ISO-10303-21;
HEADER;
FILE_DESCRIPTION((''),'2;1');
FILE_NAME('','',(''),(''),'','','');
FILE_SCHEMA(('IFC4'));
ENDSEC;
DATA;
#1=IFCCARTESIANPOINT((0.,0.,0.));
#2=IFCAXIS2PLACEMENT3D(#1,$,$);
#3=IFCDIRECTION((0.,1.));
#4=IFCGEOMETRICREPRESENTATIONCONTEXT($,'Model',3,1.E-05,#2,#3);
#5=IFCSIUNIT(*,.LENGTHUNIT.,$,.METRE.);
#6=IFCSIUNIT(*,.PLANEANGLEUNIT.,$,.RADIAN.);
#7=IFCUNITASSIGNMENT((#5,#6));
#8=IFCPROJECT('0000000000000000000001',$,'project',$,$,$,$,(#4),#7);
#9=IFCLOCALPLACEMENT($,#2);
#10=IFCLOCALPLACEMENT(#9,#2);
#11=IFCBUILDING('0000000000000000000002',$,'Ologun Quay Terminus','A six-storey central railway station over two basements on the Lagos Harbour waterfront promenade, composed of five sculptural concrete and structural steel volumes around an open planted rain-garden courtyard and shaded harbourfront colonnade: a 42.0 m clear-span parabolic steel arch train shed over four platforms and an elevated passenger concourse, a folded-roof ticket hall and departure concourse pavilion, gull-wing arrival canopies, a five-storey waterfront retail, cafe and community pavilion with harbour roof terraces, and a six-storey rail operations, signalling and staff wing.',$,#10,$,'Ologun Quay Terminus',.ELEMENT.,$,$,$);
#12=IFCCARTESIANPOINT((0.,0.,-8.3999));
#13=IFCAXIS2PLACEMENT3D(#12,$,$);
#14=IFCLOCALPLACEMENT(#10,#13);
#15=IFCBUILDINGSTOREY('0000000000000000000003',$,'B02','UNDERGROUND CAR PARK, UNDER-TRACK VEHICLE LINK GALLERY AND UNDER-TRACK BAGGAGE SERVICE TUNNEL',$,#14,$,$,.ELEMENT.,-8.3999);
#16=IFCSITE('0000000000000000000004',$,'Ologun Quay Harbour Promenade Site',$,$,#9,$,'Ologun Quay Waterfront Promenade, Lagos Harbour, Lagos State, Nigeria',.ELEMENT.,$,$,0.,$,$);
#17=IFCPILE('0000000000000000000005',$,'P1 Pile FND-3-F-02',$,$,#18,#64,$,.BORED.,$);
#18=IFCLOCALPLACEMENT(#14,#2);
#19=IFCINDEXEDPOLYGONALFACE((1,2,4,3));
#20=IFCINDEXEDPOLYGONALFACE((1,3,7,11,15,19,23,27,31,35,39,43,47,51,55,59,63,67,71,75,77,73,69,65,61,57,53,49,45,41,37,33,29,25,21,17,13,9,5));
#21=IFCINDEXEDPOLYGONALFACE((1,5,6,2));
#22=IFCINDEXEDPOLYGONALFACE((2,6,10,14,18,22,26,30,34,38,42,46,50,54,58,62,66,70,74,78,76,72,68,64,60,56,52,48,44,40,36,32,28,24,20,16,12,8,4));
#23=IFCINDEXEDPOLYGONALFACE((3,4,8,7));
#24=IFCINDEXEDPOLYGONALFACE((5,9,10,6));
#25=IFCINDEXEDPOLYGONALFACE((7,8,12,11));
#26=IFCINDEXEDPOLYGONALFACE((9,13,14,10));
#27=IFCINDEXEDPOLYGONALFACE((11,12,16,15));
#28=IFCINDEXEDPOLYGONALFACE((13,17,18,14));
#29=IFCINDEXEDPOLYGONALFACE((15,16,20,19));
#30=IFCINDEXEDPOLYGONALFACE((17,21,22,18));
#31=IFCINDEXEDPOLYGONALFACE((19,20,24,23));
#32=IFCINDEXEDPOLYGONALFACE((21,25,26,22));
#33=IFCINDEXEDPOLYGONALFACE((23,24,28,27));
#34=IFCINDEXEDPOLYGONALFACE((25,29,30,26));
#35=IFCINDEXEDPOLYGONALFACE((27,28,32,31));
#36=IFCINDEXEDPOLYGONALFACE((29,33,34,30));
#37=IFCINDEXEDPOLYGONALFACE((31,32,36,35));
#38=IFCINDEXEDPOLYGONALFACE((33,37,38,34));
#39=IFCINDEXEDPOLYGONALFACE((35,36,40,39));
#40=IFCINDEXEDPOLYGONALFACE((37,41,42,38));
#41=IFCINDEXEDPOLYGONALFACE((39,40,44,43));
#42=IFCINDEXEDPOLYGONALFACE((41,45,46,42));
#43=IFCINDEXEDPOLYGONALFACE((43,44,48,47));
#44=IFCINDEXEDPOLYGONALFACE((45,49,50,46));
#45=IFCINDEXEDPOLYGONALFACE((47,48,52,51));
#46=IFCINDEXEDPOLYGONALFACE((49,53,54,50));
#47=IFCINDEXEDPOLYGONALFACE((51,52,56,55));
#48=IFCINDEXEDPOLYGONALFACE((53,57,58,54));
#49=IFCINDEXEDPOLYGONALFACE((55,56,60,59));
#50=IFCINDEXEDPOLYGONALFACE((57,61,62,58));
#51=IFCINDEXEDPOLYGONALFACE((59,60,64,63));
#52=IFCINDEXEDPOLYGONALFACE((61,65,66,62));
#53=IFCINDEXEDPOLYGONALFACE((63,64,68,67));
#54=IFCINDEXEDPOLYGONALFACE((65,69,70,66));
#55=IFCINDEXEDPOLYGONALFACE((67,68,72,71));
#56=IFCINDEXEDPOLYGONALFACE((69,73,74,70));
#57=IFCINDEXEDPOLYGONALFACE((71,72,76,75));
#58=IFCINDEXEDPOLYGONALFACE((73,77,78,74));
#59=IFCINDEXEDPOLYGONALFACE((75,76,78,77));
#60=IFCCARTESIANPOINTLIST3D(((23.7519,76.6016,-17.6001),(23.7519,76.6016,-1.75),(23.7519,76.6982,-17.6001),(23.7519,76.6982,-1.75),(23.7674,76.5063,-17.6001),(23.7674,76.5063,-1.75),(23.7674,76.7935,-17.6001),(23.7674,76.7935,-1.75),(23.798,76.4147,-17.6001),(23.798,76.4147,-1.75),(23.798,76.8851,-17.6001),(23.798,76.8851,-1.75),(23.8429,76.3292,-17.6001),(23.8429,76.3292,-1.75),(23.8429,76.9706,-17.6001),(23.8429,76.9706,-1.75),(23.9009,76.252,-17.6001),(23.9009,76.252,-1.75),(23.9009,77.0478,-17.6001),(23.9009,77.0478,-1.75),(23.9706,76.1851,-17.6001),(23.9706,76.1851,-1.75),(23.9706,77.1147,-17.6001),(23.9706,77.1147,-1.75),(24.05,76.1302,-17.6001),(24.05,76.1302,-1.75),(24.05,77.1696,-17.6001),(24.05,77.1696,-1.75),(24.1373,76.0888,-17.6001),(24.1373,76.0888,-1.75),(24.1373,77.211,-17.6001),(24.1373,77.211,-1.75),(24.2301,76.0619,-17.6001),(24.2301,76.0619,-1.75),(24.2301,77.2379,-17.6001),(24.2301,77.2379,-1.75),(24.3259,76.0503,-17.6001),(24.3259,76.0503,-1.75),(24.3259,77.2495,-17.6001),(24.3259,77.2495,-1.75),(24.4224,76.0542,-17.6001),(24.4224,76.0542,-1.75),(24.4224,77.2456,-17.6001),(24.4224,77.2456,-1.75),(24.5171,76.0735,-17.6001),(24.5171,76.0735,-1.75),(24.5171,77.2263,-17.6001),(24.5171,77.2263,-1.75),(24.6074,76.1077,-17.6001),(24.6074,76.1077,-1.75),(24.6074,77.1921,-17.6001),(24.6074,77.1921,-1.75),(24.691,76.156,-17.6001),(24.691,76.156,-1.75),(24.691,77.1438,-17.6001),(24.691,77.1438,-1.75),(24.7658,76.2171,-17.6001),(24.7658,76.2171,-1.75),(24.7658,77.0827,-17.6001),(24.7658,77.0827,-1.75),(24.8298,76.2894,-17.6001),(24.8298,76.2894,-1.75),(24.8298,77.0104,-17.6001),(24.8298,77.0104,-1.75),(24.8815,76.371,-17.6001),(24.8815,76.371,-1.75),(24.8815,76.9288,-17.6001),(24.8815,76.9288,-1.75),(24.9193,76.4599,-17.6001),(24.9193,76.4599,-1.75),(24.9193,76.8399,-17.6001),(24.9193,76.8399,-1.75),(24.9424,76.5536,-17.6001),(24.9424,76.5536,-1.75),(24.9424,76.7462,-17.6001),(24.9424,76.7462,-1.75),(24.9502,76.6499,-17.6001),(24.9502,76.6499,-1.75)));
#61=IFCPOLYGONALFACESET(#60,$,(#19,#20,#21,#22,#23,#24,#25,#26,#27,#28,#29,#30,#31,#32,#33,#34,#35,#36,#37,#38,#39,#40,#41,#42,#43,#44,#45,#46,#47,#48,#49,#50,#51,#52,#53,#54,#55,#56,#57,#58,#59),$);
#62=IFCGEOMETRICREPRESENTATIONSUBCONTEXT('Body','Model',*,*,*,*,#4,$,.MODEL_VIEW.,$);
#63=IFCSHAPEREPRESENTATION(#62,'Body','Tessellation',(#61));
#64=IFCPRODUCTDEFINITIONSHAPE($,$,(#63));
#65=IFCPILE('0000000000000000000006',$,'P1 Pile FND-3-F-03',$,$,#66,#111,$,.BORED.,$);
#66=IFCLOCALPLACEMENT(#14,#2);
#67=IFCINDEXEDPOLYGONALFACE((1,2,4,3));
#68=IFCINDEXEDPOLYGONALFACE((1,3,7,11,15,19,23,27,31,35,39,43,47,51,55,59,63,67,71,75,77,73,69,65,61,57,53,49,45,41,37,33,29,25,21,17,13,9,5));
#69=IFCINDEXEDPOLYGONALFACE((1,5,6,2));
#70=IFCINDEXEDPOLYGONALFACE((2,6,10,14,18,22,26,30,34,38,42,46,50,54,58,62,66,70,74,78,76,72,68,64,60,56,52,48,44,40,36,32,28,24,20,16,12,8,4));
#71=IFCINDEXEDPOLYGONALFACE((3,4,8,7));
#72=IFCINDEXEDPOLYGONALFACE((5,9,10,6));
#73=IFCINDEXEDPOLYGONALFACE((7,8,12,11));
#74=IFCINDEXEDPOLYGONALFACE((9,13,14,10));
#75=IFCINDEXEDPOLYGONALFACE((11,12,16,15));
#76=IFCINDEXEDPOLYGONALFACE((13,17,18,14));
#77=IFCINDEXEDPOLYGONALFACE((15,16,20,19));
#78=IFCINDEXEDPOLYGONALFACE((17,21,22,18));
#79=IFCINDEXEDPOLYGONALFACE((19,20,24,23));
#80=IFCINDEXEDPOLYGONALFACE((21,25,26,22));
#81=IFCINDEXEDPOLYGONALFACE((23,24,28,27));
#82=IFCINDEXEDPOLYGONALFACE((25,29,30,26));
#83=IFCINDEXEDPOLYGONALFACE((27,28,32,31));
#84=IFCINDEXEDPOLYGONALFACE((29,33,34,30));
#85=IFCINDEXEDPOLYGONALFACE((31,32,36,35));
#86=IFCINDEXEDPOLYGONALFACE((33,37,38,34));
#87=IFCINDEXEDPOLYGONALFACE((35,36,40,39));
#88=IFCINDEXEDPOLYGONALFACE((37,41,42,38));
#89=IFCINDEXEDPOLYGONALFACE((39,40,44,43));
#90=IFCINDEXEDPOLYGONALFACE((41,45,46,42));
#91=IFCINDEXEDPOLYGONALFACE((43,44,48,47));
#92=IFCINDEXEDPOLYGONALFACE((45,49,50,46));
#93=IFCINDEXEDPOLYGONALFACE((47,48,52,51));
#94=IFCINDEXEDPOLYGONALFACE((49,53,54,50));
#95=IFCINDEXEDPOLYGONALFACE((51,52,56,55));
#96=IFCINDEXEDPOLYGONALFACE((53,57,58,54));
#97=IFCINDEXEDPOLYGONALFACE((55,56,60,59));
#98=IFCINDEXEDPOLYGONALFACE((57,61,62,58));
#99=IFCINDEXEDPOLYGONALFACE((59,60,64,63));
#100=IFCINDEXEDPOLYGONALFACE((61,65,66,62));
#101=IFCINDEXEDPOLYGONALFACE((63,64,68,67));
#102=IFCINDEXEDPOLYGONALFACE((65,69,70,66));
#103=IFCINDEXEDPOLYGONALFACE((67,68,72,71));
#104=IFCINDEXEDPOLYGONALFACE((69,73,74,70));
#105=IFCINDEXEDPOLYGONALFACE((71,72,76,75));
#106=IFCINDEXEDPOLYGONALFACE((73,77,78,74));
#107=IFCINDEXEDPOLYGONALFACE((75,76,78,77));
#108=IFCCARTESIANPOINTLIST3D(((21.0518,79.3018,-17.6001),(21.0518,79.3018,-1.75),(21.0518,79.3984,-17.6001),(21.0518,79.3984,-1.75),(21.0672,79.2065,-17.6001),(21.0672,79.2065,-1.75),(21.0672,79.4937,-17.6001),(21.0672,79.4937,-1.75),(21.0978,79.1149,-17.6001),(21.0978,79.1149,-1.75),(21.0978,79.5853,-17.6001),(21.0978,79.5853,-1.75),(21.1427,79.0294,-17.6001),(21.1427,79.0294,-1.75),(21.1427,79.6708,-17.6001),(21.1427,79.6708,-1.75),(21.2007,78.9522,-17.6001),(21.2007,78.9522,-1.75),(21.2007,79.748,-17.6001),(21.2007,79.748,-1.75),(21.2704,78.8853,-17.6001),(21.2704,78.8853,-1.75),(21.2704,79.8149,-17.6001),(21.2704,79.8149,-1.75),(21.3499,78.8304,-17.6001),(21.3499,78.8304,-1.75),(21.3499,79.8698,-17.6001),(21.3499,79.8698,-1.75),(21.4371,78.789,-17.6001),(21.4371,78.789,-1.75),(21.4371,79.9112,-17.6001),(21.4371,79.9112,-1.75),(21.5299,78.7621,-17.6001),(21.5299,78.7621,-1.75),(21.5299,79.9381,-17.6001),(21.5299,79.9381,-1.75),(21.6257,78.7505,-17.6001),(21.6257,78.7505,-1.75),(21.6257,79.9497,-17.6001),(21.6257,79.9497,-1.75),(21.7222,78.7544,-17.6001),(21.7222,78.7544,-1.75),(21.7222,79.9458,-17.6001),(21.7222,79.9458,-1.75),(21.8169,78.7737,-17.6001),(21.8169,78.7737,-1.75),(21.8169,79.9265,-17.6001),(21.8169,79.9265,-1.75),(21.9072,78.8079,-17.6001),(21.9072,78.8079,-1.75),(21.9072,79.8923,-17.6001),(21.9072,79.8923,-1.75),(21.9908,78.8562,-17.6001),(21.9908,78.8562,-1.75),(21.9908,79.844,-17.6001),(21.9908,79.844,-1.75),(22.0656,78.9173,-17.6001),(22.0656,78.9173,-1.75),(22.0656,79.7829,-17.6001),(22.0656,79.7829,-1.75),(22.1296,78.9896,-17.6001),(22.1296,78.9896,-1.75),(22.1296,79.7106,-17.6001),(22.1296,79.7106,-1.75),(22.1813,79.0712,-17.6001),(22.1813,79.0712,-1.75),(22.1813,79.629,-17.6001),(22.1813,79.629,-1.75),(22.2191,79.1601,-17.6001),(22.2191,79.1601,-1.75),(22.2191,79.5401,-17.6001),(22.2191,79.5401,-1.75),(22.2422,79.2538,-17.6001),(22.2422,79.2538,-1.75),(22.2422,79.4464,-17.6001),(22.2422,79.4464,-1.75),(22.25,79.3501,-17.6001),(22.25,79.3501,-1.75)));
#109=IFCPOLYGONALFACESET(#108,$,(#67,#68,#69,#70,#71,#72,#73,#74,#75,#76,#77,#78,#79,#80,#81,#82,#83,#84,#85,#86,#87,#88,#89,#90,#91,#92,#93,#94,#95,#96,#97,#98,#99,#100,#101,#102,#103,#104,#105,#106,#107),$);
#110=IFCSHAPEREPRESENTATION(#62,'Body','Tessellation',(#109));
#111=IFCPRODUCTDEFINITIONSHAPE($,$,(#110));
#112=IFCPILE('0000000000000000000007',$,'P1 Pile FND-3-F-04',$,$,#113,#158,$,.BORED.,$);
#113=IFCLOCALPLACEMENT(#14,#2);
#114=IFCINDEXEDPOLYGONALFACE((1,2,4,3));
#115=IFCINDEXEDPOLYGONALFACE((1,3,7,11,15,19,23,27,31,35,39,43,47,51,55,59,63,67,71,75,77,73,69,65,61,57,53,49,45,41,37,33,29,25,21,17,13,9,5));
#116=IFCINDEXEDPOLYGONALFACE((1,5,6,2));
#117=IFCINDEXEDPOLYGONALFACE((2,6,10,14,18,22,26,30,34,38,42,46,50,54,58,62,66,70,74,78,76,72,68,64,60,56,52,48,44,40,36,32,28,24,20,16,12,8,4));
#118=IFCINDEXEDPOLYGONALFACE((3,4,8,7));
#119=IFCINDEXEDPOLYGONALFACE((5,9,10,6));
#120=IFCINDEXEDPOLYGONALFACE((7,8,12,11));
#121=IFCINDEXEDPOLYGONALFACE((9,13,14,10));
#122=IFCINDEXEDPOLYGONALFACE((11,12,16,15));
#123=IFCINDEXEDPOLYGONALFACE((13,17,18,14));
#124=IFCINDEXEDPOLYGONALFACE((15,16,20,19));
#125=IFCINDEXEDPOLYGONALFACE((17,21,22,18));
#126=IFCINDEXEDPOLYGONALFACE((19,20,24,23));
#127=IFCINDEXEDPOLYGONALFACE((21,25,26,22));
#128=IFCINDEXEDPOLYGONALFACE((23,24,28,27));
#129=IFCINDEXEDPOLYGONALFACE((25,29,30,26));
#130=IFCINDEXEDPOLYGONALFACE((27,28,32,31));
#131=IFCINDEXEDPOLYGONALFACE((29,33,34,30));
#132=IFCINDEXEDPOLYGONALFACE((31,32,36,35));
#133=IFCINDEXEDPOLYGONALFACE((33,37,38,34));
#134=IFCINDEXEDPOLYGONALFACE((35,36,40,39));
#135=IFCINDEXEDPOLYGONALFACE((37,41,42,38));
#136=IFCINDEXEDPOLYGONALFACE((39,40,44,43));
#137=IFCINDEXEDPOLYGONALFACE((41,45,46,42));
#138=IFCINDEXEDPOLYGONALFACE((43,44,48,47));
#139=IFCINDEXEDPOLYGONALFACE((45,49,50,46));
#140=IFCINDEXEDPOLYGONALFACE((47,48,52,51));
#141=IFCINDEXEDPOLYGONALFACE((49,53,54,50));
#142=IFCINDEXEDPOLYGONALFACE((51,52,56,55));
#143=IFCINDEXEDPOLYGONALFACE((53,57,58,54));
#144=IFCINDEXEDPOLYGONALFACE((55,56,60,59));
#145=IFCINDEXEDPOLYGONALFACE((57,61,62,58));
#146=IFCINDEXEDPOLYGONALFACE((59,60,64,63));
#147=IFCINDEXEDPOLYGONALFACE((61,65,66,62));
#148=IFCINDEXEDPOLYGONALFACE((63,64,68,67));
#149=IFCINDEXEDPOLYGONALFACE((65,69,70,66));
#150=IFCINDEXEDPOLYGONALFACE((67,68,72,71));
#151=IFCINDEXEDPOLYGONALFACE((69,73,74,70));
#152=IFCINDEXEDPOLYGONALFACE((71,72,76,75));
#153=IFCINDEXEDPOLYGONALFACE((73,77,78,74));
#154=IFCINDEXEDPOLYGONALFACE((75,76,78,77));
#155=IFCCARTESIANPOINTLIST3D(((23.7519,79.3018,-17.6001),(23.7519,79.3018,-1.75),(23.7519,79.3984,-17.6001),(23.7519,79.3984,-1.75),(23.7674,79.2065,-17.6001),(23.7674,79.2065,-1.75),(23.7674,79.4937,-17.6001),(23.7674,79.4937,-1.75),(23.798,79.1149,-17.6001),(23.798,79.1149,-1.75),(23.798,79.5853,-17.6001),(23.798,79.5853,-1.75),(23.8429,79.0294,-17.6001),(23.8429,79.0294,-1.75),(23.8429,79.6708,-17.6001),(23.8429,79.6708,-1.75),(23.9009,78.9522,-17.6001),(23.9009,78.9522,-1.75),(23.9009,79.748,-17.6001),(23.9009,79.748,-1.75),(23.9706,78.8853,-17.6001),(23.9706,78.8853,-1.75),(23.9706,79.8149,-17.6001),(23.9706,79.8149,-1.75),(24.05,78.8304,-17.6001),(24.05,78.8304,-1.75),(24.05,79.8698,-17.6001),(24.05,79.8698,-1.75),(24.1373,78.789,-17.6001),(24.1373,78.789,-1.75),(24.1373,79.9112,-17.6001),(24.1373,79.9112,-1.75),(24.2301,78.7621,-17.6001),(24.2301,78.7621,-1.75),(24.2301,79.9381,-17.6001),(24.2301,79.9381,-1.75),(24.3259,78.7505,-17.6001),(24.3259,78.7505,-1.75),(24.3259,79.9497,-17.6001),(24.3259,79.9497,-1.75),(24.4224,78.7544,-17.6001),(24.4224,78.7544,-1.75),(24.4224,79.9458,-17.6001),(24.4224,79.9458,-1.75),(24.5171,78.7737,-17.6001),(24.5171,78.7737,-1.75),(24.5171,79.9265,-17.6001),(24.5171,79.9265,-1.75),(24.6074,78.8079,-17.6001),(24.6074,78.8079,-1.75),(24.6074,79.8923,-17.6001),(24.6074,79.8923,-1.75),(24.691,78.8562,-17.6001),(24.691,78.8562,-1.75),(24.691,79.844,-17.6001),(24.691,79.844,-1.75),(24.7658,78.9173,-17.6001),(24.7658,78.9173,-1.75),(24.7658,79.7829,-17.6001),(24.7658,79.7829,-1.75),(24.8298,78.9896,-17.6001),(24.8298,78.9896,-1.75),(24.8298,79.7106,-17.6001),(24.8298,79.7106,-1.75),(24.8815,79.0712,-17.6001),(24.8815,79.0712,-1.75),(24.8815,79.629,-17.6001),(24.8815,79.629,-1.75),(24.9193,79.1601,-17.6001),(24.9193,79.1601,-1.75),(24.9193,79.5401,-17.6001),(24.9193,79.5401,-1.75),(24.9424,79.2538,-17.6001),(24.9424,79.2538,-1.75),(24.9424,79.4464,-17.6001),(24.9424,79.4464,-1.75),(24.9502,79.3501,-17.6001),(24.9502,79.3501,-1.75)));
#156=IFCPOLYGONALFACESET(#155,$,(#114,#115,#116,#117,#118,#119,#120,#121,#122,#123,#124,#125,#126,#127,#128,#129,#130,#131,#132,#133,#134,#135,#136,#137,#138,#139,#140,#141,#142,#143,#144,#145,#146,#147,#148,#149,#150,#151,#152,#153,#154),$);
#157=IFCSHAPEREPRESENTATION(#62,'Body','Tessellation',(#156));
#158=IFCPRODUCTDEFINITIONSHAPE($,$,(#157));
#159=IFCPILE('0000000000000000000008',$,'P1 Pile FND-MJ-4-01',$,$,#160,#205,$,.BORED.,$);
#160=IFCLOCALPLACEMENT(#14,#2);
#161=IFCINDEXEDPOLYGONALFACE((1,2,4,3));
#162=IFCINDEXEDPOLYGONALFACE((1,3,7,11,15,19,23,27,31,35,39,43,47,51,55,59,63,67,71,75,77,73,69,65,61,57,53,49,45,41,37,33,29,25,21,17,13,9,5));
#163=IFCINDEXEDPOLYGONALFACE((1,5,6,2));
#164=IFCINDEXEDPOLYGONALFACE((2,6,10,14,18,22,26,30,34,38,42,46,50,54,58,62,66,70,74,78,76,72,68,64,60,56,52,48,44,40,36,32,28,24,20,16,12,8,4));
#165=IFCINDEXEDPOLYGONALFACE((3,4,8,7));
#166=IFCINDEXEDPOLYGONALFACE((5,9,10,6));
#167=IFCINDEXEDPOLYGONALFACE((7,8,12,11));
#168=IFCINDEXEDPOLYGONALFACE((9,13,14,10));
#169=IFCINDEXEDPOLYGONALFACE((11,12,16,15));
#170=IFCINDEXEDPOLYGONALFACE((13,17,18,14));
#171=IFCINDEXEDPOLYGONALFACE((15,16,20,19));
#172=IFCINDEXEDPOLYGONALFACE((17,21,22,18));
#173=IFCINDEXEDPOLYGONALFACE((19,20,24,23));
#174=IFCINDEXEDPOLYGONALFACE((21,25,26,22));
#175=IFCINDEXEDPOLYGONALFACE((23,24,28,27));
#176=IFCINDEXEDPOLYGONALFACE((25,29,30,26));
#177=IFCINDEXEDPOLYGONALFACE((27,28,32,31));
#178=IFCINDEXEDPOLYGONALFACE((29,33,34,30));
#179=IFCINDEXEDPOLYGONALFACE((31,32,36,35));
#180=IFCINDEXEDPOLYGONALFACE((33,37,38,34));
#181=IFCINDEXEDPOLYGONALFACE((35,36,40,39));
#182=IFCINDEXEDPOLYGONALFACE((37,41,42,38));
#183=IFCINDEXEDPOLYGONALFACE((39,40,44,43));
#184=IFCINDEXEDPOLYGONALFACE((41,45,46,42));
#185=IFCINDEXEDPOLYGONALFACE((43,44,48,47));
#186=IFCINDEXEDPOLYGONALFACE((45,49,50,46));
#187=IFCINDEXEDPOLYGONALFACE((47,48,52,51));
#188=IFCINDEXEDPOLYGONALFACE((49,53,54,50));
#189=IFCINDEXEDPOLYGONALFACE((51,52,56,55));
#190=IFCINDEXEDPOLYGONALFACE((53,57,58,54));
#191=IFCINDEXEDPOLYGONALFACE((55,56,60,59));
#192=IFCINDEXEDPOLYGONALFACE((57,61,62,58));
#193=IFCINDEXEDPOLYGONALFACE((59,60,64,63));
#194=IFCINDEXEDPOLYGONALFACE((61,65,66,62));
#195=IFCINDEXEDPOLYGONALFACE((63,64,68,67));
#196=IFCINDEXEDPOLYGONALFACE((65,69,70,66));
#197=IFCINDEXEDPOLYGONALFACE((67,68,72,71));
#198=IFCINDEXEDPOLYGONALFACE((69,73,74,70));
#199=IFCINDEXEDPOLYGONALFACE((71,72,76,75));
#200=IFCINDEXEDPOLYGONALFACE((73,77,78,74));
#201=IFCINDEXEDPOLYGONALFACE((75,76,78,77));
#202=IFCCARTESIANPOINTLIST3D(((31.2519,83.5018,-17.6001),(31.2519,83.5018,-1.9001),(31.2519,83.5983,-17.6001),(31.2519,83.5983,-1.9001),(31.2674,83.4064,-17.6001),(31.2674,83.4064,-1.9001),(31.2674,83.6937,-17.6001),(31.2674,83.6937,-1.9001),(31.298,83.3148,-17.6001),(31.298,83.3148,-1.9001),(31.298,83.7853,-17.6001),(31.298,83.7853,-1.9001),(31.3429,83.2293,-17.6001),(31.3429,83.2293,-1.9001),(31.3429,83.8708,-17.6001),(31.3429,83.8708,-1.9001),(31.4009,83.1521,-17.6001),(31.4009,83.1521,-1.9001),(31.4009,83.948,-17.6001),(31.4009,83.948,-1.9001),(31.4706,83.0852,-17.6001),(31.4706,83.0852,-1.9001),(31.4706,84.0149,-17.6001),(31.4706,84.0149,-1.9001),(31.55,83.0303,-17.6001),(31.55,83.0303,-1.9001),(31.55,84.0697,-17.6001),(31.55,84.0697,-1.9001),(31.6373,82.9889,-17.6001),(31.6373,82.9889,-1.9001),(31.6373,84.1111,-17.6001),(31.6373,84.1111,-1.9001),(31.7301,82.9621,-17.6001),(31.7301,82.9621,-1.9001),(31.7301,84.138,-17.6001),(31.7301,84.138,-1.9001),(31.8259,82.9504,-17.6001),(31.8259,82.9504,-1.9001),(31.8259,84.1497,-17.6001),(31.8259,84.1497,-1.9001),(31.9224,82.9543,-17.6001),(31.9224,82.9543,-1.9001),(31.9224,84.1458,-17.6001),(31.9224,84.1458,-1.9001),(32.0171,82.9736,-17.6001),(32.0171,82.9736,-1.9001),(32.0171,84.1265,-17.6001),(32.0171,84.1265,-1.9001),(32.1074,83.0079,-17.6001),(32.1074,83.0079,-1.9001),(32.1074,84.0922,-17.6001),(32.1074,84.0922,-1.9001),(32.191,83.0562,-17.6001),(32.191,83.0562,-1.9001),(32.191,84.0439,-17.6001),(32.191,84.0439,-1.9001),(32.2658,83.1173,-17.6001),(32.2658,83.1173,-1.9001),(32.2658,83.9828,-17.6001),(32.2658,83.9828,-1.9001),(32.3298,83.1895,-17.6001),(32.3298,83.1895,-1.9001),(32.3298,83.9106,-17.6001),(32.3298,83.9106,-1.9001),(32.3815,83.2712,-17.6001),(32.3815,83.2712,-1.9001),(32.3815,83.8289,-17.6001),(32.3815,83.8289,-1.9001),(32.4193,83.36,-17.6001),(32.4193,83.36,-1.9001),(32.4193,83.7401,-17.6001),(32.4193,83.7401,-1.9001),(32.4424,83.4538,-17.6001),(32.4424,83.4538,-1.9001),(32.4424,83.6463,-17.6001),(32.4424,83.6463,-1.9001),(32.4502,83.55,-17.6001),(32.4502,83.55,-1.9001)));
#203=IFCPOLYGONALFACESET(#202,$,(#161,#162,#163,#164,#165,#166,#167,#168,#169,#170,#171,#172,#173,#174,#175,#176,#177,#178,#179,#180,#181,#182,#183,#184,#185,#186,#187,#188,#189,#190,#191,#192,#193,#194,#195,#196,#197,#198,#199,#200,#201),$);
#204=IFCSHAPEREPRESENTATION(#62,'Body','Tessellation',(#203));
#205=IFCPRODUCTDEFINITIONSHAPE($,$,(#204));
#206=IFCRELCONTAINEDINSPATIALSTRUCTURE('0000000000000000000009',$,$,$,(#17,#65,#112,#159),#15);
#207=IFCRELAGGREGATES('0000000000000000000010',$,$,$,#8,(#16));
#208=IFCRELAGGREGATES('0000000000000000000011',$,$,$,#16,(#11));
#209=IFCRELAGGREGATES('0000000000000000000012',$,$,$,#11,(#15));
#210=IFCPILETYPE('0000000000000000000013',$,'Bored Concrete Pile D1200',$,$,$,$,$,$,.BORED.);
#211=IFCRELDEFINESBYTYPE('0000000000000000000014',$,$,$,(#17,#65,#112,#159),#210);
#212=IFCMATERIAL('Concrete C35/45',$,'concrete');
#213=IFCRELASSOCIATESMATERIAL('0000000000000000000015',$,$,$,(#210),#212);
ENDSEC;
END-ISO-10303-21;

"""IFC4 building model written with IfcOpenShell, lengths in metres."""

from ifc_helpers import new_model, si_unit, direction, frame, origin, origin_2d, place, context, subcontext, project, spatial, circle, extrude, material, material_profile, profile_set, type_object, element, save


model = new_model("IFC4")

# Units and contexts
model_context = context("Model", 3, precision=1e-05, world=origin(), true_north=direction((0.0, 1.0)))
body_context = subcontext(model_context, "Body", "Model", "MODEL_VIEW")
ifc_project = project(units=[si_unit("LENGTHUNIT", "METRE"), si_unit("PLANEANGLEUNIT", "RADIAN")], contexts=[model_context])

# Site, building, storey
site_placement = place(None, origin())
site = spatial("IfcSite", under=ifc_project, at=site_placement, Name="Ologun Quay Harbour Promenade Site", LongName="Ologun Quay Waterfront Promenade, Lagos Harbour, Lagos State, Nigeria", CompositionType="ELEMENT", RefElevation=0.0)
building_placement = place(site_placement, origin())
building = spatial("IfcBuilding", under=site, at=building_placement, Name="Ologun Quay Terminus", Description="A six-storey central railway station over two basements on the Lagos Harbour waterfront promenade, composed of five sculptural concrete and structural steel volumes around an open planted rain-garden courtyard and shaded harbourfront colonnade: a 42.0 m clear-span parabolic steel arch train shed over four platforms and an elevated passenger concourse, a folded-roof ticket hall and departure concourse pavilion, gull-wing arrival canopies, a five-storey waterfront retail, cafe and community pavilion with harbour roof terraces, and a six-storey rail operations, signalling and staff wing.", LongName="Ologun Quay Terminus", CompositionType="ELEMENT")
storey_placement = place(building_placement, frame((0.0, 0.0, -8.3999)))
storey = spatial("IfcBuildingStorey", under=building, at=storey_placement, Name="B02", Description="UNDERGROUND CAR PARK, UNDER-TRACK VEHICLE LINK GALLERY AND UNDER-TRACK BAGGAGE SERVICE TUNNEL", CompositionType="ELEMENT", Elevation=-8.3999)

# Piles
ifc_material_1 = material(Name="Concrete C35/45", Category="concrete")
ifc_material_profile_1 = material_profile(ifc_material_1, circle(Radius=0.6001, at=origin_2d()), Name="PILE D1200")
ifc_profile_set_1 = profile_set([ifc_material_profile_1], Name="Concrete C35/45")
pile_type = type_object("IfcPileType", Name="Bored Concrete Pile D1200", PredefinedType="BORED", material=ifc_profile_set_1)
for number, where, z_axis, x_axis, name in (
    (1, (24.3501, 76.6499, -1.75), (0.0, 0.0, -1.0), (1.0, 0.0, 0.0), "P1 Pile FND-3-F-02"),
    (2, (21.6499, 79.3501, -1.75), (0.0, 0.0, -1.0), (1.0, 0.0, 0.0), "P1 Pile FND-3-F-03"),
    (3, (24.3501, 79.3501, -1.75), (0.0, 0.0, -1.0), (1.0, 0.0, 0.0), "P1 Pile FND-3-F-04"),
):
    element("IfcPile", number, at=place(storey_placement, frame(where, z_axis=z_axis, x_axis=x_axis)), inside=storey, type_object=pile_type, Name=name, PredefinedType="BORED", context=body_context, shape_type="SweptSolid", body=[
        extrude(circle(Radius=0.6001, at=origin_2d()), origin(), (0.0, 0.0, 1.0), 15.8501),
    ])
for number, where, z_axis, x_axis, name in (
    (4, (31.8501, 83.55, -1.9001), (0.0, 0.0, -1.0), (1.0, 0.0, 0.0), "P1 Pile FND-MJ-4-01"),
):
    element("IfcPile", number, at=place(storey_placement, frame(where, z_axis=z_axis, x_axis=x_axis)), inside=storey, type_object=pile_type, Name=name, PredefinedType="BORED", context=body_context, shape_type="SweptSolid", body=[
        extrude(circle(Radius=0.6001, at=origin_2d()), origin(), (0.0, 0.0, 1.0), 15.7),
    ])

save(model, "model.ifc")
